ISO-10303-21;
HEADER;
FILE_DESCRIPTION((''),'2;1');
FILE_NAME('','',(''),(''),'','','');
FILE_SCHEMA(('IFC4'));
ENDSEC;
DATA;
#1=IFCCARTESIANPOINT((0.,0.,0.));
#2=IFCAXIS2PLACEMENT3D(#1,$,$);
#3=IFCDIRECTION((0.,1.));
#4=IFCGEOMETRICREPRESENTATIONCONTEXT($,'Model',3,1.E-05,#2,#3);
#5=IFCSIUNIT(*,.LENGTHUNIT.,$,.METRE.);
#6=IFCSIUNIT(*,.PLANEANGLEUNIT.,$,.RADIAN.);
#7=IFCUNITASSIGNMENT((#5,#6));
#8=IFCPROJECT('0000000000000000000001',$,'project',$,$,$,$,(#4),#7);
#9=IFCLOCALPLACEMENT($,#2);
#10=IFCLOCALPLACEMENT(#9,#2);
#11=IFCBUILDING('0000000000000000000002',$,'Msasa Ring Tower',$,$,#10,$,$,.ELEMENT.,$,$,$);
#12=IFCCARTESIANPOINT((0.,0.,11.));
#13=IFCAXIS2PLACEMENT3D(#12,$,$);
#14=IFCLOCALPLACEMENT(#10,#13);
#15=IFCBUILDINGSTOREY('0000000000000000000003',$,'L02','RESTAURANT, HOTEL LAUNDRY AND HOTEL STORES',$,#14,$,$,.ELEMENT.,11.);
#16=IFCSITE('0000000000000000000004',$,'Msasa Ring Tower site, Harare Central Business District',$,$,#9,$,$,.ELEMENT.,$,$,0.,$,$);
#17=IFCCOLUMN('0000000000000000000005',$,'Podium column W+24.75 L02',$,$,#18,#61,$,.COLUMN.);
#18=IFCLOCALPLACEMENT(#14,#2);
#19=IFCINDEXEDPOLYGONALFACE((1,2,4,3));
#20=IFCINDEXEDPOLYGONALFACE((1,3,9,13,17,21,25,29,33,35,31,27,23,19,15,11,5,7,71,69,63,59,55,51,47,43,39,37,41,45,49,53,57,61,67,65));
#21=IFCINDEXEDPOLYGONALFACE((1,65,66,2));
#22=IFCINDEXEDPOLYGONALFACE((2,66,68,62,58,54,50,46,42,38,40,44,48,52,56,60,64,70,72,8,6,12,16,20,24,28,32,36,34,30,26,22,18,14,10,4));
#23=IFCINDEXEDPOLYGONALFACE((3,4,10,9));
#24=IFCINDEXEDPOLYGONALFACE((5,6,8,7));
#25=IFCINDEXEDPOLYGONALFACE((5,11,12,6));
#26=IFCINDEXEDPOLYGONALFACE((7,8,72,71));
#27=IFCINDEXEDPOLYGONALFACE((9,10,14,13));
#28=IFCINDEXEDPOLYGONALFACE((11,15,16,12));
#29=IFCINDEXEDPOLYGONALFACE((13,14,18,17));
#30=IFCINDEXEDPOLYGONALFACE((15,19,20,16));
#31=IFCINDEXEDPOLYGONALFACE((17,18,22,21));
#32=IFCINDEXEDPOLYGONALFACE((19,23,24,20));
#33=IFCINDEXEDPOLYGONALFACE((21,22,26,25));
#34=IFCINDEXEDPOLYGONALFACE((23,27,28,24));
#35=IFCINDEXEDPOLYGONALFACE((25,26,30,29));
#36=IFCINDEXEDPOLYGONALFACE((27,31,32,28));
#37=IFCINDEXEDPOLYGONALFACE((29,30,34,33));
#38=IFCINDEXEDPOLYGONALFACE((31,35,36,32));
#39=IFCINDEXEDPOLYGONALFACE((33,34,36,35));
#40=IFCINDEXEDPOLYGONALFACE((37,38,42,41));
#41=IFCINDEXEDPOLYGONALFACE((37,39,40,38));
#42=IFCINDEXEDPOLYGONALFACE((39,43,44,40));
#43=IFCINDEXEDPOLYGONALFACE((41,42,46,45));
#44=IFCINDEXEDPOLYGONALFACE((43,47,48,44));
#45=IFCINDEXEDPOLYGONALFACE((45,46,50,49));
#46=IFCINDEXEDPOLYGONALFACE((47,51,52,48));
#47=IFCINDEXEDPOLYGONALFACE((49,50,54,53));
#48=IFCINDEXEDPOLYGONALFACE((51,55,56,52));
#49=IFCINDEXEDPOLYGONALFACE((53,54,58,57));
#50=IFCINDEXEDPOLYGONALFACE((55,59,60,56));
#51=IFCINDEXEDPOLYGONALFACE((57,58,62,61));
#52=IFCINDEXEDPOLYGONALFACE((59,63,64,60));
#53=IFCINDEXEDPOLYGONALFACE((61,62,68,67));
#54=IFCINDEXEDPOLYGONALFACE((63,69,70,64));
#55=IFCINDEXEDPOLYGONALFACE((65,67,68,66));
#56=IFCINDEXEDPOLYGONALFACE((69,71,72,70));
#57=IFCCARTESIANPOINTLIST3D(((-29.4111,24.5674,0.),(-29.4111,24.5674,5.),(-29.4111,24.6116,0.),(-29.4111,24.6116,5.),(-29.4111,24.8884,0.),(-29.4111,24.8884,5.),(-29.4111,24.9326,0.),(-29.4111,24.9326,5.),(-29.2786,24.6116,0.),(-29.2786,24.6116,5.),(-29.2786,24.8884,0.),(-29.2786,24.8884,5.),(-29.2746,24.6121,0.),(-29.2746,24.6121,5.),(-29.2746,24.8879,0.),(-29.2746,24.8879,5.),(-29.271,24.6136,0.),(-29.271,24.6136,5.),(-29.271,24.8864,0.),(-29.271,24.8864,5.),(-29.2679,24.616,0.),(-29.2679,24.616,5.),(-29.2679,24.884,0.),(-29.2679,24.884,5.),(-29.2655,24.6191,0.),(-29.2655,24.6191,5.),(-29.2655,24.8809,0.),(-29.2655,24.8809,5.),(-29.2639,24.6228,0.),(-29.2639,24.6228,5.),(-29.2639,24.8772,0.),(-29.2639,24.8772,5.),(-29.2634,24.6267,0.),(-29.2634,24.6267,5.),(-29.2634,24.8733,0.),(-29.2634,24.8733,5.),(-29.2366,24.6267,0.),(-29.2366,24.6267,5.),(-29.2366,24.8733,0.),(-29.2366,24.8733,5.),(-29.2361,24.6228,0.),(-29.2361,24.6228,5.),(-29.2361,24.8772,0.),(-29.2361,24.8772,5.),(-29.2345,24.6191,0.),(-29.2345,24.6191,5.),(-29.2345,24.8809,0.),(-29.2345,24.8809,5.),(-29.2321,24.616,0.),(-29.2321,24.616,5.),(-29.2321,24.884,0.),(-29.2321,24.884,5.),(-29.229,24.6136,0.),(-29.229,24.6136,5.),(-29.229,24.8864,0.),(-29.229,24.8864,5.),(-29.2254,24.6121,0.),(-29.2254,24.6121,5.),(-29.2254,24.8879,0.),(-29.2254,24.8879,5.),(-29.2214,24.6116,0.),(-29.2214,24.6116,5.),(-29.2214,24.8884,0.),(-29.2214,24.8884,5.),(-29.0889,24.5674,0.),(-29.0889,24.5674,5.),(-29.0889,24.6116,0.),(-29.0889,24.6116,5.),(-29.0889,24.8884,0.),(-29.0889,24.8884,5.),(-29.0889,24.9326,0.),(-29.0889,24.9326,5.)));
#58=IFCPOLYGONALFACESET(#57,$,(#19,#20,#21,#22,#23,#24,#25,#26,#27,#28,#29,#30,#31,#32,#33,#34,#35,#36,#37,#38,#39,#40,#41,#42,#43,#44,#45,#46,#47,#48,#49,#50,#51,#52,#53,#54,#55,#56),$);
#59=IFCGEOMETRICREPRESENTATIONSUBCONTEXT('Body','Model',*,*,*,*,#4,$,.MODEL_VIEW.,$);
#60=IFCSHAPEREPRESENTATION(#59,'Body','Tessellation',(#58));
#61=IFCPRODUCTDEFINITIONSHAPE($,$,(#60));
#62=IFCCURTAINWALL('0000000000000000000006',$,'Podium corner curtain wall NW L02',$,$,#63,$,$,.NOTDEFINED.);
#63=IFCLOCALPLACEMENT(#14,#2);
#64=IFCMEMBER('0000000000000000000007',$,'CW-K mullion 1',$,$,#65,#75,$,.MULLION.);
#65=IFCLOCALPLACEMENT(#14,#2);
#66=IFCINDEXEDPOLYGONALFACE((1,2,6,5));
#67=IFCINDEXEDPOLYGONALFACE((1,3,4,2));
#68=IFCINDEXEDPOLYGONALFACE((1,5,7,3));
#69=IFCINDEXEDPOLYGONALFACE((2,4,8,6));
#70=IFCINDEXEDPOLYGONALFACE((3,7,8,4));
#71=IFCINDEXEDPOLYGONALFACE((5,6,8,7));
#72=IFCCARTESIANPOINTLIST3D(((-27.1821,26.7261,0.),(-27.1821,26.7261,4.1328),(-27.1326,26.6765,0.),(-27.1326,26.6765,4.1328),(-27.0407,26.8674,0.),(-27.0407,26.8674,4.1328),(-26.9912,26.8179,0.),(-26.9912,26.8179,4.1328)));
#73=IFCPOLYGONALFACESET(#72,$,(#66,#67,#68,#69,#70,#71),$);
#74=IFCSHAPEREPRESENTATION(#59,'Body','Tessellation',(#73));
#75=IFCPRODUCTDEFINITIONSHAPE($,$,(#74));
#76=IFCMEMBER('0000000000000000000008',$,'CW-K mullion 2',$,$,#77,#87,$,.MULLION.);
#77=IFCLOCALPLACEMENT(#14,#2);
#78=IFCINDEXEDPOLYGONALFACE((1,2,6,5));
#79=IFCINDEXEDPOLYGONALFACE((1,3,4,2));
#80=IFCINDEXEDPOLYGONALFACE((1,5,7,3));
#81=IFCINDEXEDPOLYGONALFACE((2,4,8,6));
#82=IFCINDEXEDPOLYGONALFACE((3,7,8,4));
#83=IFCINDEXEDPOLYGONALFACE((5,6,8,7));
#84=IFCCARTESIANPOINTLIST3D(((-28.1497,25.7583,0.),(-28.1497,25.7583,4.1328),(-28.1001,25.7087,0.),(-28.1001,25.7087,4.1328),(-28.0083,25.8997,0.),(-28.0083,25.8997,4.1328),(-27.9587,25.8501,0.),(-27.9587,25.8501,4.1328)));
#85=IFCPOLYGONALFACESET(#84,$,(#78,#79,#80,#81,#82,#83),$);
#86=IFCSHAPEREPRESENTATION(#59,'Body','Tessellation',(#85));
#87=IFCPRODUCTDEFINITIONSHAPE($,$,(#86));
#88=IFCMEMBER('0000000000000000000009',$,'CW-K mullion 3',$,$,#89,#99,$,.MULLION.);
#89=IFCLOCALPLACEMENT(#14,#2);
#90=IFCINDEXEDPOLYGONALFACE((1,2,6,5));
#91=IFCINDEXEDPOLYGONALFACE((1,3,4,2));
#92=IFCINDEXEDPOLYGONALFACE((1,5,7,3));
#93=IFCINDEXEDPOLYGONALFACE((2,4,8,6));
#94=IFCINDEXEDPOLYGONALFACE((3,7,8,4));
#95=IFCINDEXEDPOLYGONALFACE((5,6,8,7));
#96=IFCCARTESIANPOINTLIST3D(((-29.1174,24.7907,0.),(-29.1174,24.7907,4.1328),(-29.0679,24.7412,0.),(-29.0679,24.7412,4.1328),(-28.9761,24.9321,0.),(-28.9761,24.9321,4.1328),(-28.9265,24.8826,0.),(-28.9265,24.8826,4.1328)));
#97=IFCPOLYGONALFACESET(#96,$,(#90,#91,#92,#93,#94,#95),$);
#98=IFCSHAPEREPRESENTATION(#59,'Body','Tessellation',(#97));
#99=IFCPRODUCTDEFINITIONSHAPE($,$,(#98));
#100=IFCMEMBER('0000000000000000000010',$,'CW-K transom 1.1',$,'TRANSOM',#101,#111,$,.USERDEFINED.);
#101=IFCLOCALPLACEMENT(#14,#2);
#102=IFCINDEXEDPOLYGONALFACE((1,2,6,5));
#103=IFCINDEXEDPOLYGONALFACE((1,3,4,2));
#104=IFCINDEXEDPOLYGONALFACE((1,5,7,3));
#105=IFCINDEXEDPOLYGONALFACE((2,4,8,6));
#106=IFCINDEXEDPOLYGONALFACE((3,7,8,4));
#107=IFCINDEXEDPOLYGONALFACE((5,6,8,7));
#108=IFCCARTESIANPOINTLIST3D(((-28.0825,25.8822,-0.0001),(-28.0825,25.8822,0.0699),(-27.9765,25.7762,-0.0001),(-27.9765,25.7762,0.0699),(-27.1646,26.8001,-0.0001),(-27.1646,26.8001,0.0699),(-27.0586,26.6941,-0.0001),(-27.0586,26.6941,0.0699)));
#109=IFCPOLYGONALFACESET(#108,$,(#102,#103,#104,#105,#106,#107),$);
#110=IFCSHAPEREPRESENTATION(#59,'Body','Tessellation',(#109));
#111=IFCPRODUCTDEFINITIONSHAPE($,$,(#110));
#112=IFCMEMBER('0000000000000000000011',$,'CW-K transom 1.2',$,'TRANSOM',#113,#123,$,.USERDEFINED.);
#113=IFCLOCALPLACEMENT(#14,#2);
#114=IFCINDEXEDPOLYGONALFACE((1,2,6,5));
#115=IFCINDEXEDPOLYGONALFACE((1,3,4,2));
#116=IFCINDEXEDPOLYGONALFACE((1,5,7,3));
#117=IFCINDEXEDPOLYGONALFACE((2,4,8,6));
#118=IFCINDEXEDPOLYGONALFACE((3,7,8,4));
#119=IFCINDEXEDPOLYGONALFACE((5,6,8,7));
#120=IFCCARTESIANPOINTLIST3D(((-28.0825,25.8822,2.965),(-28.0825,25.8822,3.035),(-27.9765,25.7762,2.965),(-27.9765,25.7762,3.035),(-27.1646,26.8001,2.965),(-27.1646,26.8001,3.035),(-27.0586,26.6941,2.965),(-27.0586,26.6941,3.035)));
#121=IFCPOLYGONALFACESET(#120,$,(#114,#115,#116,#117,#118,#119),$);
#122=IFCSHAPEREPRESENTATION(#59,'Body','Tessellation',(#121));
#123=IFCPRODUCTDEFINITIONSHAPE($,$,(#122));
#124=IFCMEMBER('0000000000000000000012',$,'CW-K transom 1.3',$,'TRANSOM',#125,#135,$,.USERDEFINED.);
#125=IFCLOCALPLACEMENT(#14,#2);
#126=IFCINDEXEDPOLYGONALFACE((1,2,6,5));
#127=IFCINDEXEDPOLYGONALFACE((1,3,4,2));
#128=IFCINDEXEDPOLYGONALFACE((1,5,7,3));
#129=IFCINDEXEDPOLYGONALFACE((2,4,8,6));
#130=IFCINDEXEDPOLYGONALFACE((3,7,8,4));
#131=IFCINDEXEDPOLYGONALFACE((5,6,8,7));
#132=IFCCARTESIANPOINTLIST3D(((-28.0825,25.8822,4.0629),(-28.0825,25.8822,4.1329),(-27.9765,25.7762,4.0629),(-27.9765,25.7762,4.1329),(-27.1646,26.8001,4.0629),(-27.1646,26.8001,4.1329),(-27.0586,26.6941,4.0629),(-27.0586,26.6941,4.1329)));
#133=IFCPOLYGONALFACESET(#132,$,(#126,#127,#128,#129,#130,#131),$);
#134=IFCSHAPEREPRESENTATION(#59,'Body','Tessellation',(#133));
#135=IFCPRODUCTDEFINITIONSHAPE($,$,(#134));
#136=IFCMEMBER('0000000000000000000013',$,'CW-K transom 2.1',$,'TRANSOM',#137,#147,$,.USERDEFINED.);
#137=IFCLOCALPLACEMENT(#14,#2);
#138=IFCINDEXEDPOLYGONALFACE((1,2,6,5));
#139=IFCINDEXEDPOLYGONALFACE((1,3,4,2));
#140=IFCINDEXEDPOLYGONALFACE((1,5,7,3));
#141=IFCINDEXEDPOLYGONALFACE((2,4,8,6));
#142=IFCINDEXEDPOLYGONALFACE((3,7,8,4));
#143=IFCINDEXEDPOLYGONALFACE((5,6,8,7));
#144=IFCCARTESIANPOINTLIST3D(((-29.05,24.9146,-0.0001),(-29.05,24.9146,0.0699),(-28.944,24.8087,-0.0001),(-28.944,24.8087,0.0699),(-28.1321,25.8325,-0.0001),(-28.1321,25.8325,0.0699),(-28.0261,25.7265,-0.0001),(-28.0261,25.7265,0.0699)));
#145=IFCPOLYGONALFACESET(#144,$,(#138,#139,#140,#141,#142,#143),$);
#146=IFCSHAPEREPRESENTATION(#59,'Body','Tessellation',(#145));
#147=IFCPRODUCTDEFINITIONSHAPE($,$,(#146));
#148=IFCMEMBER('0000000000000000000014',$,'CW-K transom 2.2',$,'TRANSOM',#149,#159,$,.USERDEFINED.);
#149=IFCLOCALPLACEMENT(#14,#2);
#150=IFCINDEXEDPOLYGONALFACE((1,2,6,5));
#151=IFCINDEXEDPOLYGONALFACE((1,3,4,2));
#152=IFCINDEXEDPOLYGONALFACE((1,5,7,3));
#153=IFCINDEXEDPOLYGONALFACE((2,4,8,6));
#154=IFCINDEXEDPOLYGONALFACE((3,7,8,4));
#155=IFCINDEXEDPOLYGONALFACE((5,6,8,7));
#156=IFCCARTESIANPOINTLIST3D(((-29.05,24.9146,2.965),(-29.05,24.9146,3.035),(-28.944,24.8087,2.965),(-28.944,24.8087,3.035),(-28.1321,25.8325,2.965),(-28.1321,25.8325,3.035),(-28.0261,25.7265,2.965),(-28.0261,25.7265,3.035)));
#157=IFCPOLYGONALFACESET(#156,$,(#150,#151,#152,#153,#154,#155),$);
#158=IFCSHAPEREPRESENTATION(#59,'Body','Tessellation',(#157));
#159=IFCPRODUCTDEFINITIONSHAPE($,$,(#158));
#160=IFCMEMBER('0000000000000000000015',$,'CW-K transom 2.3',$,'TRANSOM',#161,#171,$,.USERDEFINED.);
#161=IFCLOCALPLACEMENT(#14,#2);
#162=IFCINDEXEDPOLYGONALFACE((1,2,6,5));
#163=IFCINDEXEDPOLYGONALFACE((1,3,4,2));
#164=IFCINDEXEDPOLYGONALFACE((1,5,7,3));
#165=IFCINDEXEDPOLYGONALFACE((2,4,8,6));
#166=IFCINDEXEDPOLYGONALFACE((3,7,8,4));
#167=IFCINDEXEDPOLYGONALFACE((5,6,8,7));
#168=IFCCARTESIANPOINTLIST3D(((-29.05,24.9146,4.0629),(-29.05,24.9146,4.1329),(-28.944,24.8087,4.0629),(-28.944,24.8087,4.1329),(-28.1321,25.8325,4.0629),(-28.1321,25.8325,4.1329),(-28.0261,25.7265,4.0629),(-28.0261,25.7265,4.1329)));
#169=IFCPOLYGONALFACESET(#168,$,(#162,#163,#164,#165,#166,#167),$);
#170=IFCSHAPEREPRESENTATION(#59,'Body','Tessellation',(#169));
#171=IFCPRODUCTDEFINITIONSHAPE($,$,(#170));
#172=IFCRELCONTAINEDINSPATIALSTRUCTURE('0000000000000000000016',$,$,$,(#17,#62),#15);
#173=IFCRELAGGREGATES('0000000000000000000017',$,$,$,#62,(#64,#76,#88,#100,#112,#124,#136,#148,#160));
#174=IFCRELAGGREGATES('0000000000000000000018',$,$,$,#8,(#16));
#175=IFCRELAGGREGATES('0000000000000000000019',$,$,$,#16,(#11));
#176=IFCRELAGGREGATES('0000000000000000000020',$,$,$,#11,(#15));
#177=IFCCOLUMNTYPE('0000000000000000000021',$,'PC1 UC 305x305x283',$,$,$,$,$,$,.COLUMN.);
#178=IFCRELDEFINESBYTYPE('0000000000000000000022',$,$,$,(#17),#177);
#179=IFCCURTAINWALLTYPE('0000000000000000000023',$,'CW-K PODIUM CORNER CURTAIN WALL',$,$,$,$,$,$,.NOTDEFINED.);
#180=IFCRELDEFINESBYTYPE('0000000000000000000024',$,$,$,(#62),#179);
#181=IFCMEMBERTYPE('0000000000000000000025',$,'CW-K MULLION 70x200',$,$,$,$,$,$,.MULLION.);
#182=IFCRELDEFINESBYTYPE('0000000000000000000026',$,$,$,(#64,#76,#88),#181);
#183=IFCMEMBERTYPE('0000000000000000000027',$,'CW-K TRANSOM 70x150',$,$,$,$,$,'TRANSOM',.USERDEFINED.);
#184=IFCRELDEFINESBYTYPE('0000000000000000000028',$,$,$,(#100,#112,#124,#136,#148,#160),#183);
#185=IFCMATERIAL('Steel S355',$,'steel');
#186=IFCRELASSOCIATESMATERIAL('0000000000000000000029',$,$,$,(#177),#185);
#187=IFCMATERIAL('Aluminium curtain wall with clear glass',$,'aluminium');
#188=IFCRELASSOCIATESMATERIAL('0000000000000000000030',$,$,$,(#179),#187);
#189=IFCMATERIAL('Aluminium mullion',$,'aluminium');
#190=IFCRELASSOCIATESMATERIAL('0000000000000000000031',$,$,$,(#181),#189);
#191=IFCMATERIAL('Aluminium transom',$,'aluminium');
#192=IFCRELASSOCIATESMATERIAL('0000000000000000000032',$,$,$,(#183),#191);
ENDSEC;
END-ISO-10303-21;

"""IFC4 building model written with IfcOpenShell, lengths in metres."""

from ifc_helpers import new_model, si_unit, direction, frame, origin, origin_2d, place, context, subcontext, project, spatial, rectangle, i_section, extrude, material, material_profile, profile_set, type_object, element, aggregate, save


model = new_model("IFC4")

# Units and contexts
model_context = context("Model", 3, precision=1e-05, world=origin(), true_north=direction((0.0, 1.0)))
body_context = subcontext(model_context, "Body", "Model", "MODEL_VIEW")
ifc_project = project(units=[si_unit("LENGTHUNIT", "METRE"), si_unit("PLANEANGLEUNIT", "RADIAN")], contexts=[model_context])

# Site, building, storey
site_placement = place(None, origin())
site = spatial("IfcSite", under=ifc_project, at=site_placement, Name="Msasa Ring Tower site, Harare Central Business District", CompositionType="ELEMENT", RefElevation=0.0)
building_placement = place(site_placement, origin())
building = spatial("IfcBuilding", under=site, at=building_placement, Name="Msasa Ring Tower", CompositionType="ELEMENT")
storey_placement = place(building_placement, frame((0.0, 0.0, 11.0)))
storey = spatial("IfcBuildingStorey", under=building, at=storey_placement, Name="L02", Description="RESTAURANT, HOTEL LAUNDRY AND HOTEL STORES", CompositionType="ELEMENT", Elevation=11.0)

# Column
ifc_material_1 = material(Name="Steel S355", Category="steel")
ifc_material_profile_1 = material_profile(ifc_material_1, i_section(OverallWidth=0.3223, OverallDepth=0.3652, WebThickness=0.0269, FlangeThickness=0.0442, FilletRadius=0.0151, at=origin_2d()), Name="UC 305x305x283")
ifc_profile_set_1 = profile_set([ifc_material_profile_1], Name="Steel S355")
column_type = type_object("IfcColumnType", Name="PC1 UC 305x305x283", PredefinedType="COLUMN", material=ifc_profile_set_1)
column_placement = place(storey_placement, frame((-29.25, 24.75, 0.0), z_axis=(0.0, 0.0, 1.0), x_axis=(1.0, 0.0, 0.0)))
element("IfcColumn", 1, at=column_placement, inside=storey, type_object=column_type, Name="Podium column W+24.75 L02", PredefinedType="COLUMN", context=body_context, shape_type="SweptSolid", body=[
    extrude(i_section(OverallWidth=0.3223, OverallDepth=0.3652, WebThickness=0.0269, FlangeThickness=0.0442, FilletRadius=0.0151, at=origin_2d()), origin(), (0.0, 0.0, 1.0), 5.0),
])

# Curtain wall, members
ifc_material_2 = material(Name="Aluminium curtain wall with clear glass", Category="aluminium")
curtain_wall_type = type_object("IfcCurtainWallType", Name="CW-K PODIUM CORNER CURTAIN WALL", PredefinedType="NOTDEFINED", material=ifc_material_2)
curtain_wall_placement = place(storey_placement, origin())
curtain_wall = element("IfcCurtainWall", 2, at=curtain_wall_placement, inside=storey, type_object=curtain_wall_type, Name="Podium corner curtain wall NW L02", PredefinedType="NOTDEFINED")
ifc_material_3 = material(Name="Aluminium mullion", Category="aluminium")
ifc_material_profile_2 = material_profile(ifc_material_3, rectangle(XDim=0.0701, YDim=0.2, at=origin_2d()), Name="AL 70x200")
ifc_profile_set_2 = profile_set([ifc_material_profile_2], Name="Aluminium mullion")
member_type_1 = type_object("IfcMemberType", Name="CW-K MULLION 70x200", PredefinedType="MULLION", material=ifc_profile_set_2)
member_1_placement = place(storey_placement, frame((-27.0867, 26.772, 0.0), z_axis=(0.0, 0.0, 1.0), x_axis=(0.707107, -0.707107, 0.0)))
member_1 = element("IfcMember", 3, at=member_1_placement, type_object=member_type_1, Name="CW-K mullion 1", PredefinedType="MULLION", context=body_context, shape_type="SweptSolid", body=[
    extrude(rectangle(XDim=0.0701, YDim=0.2, at=origin_2d()), origin(), (0.0, 0.0, 1.0), 4.1328),
])
member_2_placement = place(storey_placement, frame((-28.0542, 25.8042, 0.0), z_axis=(0.0, 0.0, 1.0), x_axis=(0.707107, -0.707107, 0.0)))
member_2 = element("IfcMember", 4, at=member_2_placement, type_object=member_type_1, Name="CW-K mullion 2", PredefinedType="MULLION", context=body_context, shape_type="SweptSolid", body=[
    extrude(rectangle(XDim=0.0701, YDim=0.2, at=origin_2d()), origin(), (0.0, 0.0, 1.0), 4.1328),
])
member_3_placement = place(storey_placement, frame((-29.022, 24.8367, 0.0), z_axis=(0.0, 0.0, 1.0), x_axis=(0.707107, -0.707107, 0.0)))
member_3 = element("IfcMember", 5, at=member_3_placement, type_object=member_type_1, Name="CW-K mullion 3", PredefinedType="MULLION", context=body_context, shape_type="SweptSolid", body=[
    extrude(rectangle(XDim=0.0701, YDim=0.2, at=origin_2d()), origin(), (0.0, 0.0, 1.0), 4.1328),
])
ifc_material_4 = material(Name="Aluminium transom", Category="aluminium")
ifc_material_profile_3 = material_profile(ifc_material_4, rectangle(XDim=0.1499, YDim=0.0701, at=origin_2d()), Name="AL 70x150")
ifc_profile_set_3 = profile_set([ifc_material_profile_3], Name="Aluminium transom")
member_type_2 = type_object("IfcMemberType", Name="CW-K TRANSOM 70x150", ElementType="TRANSOM", PredefinedType="USERDEFINED", material=ifc_profile_set_3)
member_4_placement = place(storey_placement, frame((-27.1116, 26.7471, 0.0349), z_axis=(-0.707107, -0.707107, 0.0), x_axis=(0.707107, -0.707107, 0.0)))
member_4 = element("IfcMember", 6, at=member_4_placement, type_object=member_type_2, Name="CW-K transom 1.1", ObjectType="TRANSOM", PredefinedType="USERDEFINED", context=body_context, shape_type="SweptSolid", body=[
    extrude(rectangle(XDim=0.1499, YDim=0.0701, at=origin_2d()), origin(), (0.0, 0.0, 1.0), 1.2981),
])
member_5_placement = place(storey_placement, frame((-27.1116, 26.7471, 3.0), z_axis=(-0.707107, -0.707107, 0.0), x_axis=(0.707107, -0.707107, 0.0)))
member_5 = element("IfcMember", 7, at=member_5_placement, type_object=member_type_2, Name="CW-K transom 1.2", ObjectType="TRANSOM", PredefinedType="USERDEFINED", context=body_context, shape_type="SweptSolid", body=[
    extrude(rectangle(XDim=0.1499, YDim=0.0701, at=origin_2d()), origin(), (0.0, 0.0, 1.0), 1.2981),
])
member_6_placement = place(storey_placement, frame((-27.1116, 26.7471, 4.0979), z_axis=(-0.707107, -0.707107, 0.0), x_axis=(0.707107, -0.707107, 0.0)))
member_6 = element("IfcMember", 8, at=member_6_placement, type_object=member_type_2, Name="CW-K transom 1.3", ObjectType="TRANSOM", PredefinedType="USERDEFINED", context=body_context, shape_type="SweptSolid", body=[
    extrude(rectangle(XDim=0.1499, YDim=0.0701, at=origin_2d()), origin(), (0.0, 0.0, 1.0), 1.2981),
])
member_7_placement = place(storey_placement, frame((-28.0791, 25.7795, 0.0349), z_axis=(-0.707107, -0.707107, 0.0), x_axis=(0.707107, -0.707107, 0.0)))
member_7 = element("IfcMember", 9, at=member_7_placement, type_object=member_type_2, Name="CW-K transom 2.1", ObjectType="TRANSOM", PredefinedType="USERDEFINED", context=body_context, shape_type="SweptSolid", body=[
    extrude(rectangle(XDim=0.1499, YDim=0.0701, at=origin_2d()), origin(), (0.0, 0.0, 1.0), 1.2981),
])
member_8_placement = place(storey_placement, frame((-28.0791, 25.7795, 3.0), z_axis=(-0.707107, -0.707107, 0.0), x_axis=(0.707107, -0.707107, 0.0)))
member_8 = element("IfcMember", 10, at=member_8_placement, type_object=member_type_2, Name="CW-K transom 2.2", ObjectType="TRANSOM", PredefinedType="USERDEFINED", context=body_context, shape_type="SweptSolid", body=[
    extrude(rectangle(XDim=0.1499, YDim=0.0701, at=origin_2d()), origin(), (0.0, 0.0, 1.0), 1.2981),
])
member_9_placement = place(storey_placement, frame((-28.0791, 25.7795, 4.0979), z_axis=(-0.707107, -0.707107, 0.0), x_axis=(0.707107, -0.707107, 0.0)))
member_9 = element("IfcMember", 11, at=member_9_placement, type_object=member_type_2, Name="CW-K transom 2.3", ObjectType="TRANSOM", PredefinedType="USERDEFINED", context=body_context, shape_type="SweptSolid", body=[
    extrude(rectangle(XDim=0.1499, YDim=0.0701, at=origin_2d()), origin(), (0.0, 0.0, 1.0), 1.2981),
])

aggregate(curtain_wall, [member_1, member_2, member_3, member_4, member_5, member_6, member_7, member_8, member_9])

save(model, "model.ifc")
